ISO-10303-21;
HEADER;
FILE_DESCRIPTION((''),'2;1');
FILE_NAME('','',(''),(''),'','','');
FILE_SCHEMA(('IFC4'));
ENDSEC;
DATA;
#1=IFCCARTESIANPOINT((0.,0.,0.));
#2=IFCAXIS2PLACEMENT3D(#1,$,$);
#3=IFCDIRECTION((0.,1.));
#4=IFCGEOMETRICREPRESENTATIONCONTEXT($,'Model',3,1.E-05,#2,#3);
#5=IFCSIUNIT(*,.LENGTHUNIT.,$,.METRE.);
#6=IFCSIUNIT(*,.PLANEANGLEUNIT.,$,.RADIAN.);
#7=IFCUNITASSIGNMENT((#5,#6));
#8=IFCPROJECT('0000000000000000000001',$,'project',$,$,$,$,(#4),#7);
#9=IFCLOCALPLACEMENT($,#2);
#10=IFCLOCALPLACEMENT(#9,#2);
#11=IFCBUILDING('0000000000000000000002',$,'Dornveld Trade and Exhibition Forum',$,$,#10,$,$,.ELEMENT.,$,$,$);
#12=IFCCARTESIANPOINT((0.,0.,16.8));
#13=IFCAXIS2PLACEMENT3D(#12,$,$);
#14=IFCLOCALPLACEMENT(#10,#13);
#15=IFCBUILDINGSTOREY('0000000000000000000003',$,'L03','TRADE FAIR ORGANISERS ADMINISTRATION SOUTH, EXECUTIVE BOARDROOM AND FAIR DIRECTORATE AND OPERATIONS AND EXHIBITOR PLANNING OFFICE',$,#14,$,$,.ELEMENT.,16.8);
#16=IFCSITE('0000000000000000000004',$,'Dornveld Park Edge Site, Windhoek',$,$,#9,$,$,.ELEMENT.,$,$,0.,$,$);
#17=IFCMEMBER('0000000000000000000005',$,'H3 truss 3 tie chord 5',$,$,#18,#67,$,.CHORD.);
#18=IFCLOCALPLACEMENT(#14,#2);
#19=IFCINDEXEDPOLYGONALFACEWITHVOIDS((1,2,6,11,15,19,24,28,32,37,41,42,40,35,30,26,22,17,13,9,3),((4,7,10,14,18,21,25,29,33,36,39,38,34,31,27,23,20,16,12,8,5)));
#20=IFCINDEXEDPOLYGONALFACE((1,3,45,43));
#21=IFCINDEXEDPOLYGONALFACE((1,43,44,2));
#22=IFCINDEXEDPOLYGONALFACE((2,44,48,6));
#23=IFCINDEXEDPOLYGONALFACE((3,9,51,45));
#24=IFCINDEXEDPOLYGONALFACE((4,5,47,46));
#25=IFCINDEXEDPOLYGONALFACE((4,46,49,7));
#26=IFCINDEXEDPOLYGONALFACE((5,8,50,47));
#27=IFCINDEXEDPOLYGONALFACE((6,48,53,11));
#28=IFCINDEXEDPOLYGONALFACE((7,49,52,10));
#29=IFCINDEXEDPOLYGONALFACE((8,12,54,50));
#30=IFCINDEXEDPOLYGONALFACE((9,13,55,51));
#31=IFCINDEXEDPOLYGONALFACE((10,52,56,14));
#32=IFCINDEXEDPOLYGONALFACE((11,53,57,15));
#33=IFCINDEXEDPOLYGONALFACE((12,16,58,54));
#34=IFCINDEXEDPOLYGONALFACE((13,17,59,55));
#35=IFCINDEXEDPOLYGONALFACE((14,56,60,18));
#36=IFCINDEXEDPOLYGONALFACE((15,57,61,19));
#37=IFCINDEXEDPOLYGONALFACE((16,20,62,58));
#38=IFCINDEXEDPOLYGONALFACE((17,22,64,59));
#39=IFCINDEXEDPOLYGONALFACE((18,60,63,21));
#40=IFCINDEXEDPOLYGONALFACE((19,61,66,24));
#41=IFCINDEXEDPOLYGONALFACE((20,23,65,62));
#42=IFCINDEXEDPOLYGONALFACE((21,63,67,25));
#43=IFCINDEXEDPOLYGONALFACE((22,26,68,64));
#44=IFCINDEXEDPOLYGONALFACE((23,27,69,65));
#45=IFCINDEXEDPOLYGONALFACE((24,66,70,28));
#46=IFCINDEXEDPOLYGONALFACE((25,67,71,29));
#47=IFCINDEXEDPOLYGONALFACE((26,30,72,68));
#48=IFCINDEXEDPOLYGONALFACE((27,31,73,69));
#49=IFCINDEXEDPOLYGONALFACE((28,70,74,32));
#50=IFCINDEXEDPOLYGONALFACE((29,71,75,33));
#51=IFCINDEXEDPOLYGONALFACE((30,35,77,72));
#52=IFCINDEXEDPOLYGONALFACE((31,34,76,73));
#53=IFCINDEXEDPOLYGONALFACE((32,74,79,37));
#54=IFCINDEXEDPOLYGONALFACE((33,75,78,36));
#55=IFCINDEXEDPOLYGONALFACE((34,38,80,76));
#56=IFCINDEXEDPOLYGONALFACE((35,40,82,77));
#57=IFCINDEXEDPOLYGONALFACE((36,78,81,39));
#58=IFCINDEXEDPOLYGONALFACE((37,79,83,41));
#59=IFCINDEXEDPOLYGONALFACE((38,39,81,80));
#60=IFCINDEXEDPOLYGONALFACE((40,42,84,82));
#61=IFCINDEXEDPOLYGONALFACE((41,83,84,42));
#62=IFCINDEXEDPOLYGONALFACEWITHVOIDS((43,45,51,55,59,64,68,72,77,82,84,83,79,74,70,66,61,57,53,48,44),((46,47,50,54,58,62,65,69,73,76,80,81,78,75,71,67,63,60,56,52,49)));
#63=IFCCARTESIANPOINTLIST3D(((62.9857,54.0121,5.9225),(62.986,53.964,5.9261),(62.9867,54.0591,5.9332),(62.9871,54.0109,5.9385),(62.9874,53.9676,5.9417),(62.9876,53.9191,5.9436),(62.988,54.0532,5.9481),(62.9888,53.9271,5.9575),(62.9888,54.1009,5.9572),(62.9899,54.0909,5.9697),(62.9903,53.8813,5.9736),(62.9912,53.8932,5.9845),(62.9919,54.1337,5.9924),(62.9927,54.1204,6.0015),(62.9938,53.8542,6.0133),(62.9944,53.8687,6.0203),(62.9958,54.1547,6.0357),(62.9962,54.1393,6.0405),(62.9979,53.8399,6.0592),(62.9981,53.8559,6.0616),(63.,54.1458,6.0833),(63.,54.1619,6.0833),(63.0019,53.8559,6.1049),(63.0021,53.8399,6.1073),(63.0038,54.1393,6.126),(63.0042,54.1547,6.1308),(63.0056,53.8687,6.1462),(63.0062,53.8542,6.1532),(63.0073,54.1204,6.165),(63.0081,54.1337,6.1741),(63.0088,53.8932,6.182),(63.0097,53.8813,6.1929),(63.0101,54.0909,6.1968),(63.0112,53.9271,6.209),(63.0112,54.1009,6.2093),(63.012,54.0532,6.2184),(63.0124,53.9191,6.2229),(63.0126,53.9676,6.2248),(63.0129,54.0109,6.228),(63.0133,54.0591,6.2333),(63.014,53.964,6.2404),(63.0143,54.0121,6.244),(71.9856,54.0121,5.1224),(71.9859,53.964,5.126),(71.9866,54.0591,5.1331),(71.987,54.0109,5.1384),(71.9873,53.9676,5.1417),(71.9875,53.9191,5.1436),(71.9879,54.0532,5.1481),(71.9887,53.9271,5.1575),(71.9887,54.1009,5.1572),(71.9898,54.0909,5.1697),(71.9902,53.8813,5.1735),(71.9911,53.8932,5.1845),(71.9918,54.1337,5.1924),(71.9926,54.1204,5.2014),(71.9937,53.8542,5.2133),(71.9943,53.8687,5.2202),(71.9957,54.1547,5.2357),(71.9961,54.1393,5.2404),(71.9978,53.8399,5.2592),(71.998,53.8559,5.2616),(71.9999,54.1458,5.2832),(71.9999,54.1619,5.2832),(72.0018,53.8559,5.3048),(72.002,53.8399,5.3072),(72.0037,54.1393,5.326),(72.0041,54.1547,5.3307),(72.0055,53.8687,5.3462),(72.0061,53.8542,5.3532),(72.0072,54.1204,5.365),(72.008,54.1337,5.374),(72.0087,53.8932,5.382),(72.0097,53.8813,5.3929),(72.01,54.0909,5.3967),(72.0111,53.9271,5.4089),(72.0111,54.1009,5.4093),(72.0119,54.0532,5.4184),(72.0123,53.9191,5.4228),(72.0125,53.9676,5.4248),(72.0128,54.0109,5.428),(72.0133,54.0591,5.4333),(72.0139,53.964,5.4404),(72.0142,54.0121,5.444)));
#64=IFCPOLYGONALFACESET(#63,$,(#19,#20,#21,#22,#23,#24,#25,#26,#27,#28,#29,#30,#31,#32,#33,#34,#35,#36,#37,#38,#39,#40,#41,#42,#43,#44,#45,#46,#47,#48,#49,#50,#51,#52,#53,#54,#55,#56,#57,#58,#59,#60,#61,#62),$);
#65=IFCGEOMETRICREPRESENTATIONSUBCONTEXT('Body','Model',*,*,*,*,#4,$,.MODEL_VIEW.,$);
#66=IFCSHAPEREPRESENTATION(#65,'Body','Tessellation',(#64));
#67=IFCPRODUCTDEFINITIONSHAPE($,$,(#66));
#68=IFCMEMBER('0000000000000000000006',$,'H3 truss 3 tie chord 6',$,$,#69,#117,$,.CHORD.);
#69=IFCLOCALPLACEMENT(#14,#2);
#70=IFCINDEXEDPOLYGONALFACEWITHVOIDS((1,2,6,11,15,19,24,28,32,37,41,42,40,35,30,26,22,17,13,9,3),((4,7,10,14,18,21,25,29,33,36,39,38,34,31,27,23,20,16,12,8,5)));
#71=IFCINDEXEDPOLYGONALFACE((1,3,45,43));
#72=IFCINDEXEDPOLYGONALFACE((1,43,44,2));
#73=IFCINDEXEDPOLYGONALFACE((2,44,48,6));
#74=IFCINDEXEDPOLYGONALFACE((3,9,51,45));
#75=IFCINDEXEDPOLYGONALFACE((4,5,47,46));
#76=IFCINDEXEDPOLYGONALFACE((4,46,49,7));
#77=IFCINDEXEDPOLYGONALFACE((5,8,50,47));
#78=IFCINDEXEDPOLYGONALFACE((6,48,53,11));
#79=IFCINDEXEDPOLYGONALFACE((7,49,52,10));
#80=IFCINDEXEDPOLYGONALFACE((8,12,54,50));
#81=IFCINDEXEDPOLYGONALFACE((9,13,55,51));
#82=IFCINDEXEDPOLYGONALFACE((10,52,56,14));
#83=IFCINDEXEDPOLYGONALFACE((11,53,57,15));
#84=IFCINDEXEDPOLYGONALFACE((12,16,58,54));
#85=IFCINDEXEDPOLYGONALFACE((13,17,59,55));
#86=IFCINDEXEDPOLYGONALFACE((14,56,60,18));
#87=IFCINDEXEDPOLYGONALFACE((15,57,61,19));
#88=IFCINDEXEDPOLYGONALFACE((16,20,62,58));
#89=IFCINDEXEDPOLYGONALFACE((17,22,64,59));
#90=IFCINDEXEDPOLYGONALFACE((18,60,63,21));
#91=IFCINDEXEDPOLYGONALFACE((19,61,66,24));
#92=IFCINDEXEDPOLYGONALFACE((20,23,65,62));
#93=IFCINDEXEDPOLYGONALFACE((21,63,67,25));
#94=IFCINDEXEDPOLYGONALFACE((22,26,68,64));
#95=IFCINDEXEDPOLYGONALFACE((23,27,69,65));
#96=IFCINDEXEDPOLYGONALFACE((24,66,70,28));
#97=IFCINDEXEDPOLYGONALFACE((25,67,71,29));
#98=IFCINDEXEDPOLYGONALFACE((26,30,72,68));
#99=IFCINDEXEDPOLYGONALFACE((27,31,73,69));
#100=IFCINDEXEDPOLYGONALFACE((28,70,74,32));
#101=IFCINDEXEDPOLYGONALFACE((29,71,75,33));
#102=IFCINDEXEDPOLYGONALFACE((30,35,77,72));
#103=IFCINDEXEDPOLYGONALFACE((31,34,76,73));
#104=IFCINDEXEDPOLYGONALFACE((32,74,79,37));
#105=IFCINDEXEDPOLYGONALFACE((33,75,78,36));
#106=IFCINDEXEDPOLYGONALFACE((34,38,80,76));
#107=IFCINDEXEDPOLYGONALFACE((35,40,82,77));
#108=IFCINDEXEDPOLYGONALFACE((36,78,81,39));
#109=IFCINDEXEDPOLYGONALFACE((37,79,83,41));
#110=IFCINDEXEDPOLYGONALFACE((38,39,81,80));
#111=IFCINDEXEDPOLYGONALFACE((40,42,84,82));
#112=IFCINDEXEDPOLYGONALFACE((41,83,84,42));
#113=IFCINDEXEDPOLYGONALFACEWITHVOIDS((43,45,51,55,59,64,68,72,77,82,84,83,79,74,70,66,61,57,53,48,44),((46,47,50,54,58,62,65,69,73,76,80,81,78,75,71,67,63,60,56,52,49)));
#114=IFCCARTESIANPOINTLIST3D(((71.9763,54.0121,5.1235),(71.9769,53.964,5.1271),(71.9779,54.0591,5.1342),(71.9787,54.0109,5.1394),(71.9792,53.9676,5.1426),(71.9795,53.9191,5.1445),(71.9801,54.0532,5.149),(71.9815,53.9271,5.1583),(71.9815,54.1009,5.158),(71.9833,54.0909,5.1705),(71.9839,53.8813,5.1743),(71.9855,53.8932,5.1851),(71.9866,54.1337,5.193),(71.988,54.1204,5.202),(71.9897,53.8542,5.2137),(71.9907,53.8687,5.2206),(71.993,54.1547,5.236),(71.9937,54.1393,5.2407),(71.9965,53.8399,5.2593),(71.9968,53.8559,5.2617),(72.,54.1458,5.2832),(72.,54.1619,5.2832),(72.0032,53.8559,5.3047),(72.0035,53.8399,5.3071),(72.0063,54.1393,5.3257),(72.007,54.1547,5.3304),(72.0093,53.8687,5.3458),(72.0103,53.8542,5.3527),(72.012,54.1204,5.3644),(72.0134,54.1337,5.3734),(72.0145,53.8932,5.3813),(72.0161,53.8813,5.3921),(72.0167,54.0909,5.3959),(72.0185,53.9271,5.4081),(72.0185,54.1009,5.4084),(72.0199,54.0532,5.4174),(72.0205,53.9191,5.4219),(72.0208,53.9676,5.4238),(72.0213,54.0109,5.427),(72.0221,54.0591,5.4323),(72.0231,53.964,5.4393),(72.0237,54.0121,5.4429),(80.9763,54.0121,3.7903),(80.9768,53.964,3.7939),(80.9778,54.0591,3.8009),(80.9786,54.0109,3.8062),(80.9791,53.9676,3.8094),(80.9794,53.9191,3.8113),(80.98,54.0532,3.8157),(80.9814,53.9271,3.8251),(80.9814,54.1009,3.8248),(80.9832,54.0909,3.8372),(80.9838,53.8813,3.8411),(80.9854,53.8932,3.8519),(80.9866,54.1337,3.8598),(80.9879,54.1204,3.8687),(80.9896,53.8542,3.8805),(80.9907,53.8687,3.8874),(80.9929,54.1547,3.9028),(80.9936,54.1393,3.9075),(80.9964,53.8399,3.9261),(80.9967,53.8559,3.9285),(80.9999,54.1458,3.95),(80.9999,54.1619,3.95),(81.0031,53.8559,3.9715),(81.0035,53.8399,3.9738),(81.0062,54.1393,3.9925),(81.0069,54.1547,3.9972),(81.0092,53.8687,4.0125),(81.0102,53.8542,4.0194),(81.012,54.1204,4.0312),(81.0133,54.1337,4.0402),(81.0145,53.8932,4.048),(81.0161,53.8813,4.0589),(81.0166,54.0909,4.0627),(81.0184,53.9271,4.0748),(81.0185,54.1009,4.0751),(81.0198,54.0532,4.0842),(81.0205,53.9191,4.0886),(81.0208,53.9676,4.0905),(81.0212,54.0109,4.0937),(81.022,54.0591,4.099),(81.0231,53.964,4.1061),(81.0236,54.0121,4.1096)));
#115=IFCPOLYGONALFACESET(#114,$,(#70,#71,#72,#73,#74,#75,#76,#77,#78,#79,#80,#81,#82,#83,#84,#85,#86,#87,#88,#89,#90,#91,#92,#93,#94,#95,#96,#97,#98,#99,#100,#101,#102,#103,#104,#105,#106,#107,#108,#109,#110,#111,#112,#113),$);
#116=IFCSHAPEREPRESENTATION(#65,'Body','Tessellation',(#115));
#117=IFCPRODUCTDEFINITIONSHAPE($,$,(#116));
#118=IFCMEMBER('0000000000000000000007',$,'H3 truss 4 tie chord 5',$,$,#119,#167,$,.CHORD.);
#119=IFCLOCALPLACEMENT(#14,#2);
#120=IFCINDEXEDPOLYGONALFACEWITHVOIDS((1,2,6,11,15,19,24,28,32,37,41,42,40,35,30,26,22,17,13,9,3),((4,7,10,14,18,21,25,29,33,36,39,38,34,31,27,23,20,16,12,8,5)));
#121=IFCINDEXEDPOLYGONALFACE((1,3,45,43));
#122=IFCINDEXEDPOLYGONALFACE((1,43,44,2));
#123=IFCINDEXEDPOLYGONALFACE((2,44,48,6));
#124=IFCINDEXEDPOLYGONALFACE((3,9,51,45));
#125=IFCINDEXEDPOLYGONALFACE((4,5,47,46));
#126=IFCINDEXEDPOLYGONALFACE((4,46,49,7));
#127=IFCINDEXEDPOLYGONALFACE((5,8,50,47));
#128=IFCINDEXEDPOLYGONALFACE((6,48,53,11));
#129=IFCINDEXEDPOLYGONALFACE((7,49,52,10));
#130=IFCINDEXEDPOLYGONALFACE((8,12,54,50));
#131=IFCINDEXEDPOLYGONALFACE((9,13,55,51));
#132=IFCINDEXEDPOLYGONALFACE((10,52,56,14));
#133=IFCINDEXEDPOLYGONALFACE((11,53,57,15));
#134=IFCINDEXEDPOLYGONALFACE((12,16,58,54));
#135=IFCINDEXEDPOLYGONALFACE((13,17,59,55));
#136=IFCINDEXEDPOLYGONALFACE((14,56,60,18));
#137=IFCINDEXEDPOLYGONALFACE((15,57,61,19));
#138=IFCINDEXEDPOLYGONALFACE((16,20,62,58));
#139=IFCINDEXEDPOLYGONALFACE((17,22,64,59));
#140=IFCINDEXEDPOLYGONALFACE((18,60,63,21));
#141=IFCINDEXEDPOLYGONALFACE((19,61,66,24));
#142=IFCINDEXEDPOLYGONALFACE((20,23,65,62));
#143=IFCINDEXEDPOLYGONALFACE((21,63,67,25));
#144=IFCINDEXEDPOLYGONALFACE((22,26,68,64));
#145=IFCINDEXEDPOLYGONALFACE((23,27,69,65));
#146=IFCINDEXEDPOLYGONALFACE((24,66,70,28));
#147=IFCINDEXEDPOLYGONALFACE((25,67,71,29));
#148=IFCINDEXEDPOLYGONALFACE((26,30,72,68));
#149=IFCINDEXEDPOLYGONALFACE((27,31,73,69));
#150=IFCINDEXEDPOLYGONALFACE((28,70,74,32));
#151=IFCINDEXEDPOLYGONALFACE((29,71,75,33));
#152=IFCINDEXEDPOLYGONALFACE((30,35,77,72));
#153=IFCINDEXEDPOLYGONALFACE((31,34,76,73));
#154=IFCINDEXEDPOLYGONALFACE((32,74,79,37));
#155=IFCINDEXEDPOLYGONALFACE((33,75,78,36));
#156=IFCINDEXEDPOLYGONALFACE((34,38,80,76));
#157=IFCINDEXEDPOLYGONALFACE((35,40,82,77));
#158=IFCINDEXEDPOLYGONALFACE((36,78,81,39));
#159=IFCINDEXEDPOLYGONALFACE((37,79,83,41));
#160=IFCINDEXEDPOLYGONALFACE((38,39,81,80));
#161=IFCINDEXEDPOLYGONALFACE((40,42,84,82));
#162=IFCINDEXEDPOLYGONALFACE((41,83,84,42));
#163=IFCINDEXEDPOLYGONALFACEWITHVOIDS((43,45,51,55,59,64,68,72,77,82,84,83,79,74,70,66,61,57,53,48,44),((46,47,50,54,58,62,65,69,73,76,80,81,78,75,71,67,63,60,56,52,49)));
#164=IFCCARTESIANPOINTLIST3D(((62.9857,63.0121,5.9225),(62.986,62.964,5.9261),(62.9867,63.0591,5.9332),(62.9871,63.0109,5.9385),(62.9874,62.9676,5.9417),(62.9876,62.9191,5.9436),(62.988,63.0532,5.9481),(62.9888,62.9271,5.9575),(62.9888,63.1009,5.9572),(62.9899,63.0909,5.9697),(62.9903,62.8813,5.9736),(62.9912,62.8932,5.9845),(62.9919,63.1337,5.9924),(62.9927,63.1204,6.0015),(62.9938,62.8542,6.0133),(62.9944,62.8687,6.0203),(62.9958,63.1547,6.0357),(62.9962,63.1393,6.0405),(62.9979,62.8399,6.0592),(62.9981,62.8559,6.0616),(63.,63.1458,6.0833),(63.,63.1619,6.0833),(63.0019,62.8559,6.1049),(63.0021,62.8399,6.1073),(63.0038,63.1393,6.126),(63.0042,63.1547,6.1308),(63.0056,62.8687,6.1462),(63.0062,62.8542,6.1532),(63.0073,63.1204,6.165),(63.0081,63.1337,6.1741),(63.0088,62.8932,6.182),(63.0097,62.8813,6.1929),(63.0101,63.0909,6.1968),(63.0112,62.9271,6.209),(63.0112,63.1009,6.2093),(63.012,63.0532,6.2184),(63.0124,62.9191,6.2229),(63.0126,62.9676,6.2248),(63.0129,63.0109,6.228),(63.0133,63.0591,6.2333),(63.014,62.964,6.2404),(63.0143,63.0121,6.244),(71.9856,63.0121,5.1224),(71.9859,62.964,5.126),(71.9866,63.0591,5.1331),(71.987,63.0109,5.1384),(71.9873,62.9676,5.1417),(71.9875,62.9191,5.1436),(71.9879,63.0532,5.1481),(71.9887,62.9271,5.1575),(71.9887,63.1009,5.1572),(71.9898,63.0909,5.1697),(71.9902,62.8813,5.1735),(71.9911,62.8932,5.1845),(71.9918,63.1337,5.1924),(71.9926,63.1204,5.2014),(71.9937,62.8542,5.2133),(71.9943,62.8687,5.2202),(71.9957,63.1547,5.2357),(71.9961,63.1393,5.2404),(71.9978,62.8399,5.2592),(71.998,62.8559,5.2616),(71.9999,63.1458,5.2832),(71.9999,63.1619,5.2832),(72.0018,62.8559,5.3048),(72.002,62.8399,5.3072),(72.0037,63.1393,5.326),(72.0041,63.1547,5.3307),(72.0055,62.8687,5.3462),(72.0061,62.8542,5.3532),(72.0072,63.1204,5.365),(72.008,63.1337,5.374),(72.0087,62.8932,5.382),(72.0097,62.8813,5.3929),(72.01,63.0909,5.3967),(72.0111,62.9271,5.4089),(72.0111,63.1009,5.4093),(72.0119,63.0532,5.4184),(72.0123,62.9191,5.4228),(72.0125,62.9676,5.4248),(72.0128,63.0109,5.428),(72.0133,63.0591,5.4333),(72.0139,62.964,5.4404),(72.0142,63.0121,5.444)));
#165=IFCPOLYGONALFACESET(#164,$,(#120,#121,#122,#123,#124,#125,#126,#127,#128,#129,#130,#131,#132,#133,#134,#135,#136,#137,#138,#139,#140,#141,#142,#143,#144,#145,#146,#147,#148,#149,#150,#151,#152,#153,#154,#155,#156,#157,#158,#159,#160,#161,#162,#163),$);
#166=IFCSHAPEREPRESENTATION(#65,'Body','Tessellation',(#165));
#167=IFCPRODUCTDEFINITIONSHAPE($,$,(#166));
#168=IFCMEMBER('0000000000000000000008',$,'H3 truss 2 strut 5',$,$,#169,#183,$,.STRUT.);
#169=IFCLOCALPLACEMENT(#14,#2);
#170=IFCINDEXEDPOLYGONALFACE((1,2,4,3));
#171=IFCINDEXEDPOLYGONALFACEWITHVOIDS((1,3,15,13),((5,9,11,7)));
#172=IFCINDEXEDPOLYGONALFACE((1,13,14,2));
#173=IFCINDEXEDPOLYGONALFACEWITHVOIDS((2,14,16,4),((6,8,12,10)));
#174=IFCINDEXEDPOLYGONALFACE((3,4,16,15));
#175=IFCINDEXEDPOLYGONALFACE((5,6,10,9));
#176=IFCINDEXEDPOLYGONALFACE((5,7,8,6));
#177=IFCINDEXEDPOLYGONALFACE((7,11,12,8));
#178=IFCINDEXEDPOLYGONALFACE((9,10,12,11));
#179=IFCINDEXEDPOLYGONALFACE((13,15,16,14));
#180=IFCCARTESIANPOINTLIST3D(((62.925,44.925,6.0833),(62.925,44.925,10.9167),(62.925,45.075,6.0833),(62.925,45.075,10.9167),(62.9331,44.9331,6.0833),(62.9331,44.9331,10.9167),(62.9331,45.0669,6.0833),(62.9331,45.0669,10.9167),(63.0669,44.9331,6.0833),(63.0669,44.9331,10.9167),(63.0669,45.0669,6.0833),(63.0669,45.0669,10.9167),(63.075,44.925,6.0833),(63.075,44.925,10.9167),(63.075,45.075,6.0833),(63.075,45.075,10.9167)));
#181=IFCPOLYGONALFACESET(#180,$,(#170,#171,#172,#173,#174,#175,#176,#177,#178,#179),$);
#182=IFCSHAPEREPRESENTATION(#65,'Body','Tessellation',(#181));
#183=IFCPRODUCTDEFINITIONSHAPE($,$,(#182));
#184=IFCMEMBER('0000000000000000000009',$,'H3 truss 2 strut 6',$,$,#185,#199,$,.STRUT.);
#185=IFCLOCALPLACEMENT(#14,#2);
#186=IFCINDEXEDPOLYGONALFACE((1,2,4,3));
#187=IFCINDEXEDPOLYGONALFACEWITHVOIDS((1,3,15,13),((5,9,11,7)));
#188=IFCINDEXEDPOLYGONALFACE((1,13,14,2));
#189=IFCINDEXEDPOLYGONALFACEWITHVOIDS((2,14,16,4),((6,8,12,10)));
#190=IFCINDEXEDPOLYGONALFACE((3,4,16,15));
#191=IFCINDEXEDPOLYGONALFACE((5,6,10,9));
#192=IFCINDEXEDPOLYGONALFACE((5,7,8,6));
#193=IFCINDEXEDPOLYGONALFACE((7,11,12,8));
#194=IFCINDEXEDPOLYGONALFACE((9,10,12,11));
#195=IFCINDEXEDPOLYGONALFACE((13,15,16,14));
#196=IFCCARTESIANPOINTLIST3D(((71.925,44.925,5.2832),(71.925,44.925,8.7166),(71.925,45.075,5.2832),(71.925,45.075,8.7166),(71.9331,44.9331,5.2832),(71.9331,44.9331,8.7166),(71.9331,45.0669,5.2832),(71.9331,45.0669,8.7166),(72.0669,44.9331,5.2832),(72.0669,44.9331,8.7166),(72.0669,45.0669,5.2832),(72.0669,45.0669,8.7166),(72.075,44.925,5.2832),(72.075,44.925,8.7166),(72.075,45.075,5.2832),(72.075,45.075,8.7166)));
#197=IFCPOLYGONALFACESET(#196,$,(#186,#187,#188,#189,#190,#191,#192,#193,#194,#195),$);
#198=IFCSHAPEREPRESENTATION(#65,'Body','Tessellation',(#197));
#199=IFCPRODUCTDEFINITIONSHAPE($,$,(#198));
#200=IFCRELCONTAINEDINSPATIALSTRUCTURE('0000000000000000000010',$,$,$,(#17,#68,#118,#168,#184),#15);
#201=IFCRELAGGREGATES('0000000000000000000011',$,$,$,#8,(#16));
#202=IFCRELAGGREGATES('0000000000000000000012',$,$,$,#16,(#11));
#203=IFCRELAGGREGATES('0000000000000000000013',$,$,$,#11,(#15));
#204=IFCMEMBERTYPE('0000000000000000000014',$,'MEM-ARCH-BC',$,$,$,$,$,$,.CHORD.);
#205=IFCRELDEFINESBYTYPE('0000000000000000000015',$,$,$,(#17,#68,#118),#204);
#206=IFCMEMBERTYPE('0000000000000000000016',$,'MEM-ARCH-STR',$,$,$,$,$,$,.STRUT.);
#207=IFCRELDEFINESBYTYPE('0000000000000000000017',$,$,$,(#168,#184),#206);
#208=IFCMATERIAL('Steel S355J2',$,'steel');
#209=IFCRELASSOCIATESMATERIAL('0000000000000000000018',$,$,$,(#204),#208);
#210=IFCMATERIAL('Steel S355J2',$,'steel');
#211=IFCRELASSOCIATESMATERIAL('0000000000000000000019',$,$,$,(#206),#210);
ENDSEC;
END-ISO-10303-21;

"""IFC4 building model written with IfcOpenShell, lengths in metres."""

from ifc_helpers import new_model, si_unit, direction, frame, origin, origin_2d, place, context, subcontext, project, spatial, hollow_rectangle, hollow_circle, extrude, material, material_profile, profile_set, type_object, element, save


model = new_model("IFC4")

# Units and contexts
model_context = context("Model", 3, precision=1e-05, world=origin(), true_north=direction((0.0, 1.0)))
body_context = subcontext(model_context, "Body", "Model", "MODEL_VIEW")
ifc_project = project(units=[si_unit("LENGTHUNIT", "METRE"), si_unit("PLANEANGLEUNIT", "RADIAN")], contexts=[model_context])

# Site, building, storey
site_placement = place(None, origin())
site = spatial("IfcSite", under=ifc_project, at=site_placement, Name="Dornveld Park Edge Site, Windhoek", CompositionType="ELEMENT", RefElevation=0.0)
building_placement = place(site_placement, origin())
building = spatial("IfcBuilding", under=site, at=building_placement, Name="Dornveld Trade and Exhibition Forum", CompositionType="ELEMENT")
storey_placement = place(building_placement, frame((0.0, 0.0, 16.8)))
storey = spatial("IfcBuildingStorey", under=building, at=storey_placement, Name="L03", Description="TRADE FAIR ORGANISERS ADMINISTRATION SOUTH, EXECUTIVE BOARDROOM AND FAIR DIRECTORATE AND OPERATIONS AND EXHIBITOR PLANNING OFFICE", CompositionType="ELEMENT", Elevation=16.8)

# Members
ifc_material_1 = material(Name="Steel S355J2", Category="steel")
ifc_material_profile_1 = material_profile(ifc_material_1, hollow_circle(Radius=0.1619, WallThickness=0.0161, at=origin_2d()), Name="CHS 323.9x16")
ifc_profile_set_1 = profile_set([ifc_material_profile_1], Name="Steel S355J2")
member_type_1 = type_object("IfcMemberType", Name="MEM-ARCH-BC", PredefinedType="CHORD", material=ifc_profile_set_1)
member_1_placement = place(storey_placement, frame((63.0, 54.0, 6.0833), z_axis=(0.996072, 0.0, -0.088545), x_axis=(0.0, 1.0, 0.0)))
element("IfcMember", 1, at=member_1_placement, inside=storey, type_object=member_type_1, Name="H3 truss 3 tie chord 5", PredefinedType="CHORD", context=body_context, shape_type="SweptSolid", body=[
    extrude(hollow_circle(Radius=0.1619, WallThickness=0.0161, at=origin_2d()), origin(), (0.0, 0.0, 1.0), 9.0354),
])
member_2_placement = place(storey_placement, frame((72.0, 54.0, 5.2832), z_axis=(0.989205, 0.0, -0.14654), x_axis=(0.0, 1.0, 0.0)))
element("IfcMember", 2, at=member_2_placement, inside=storey, type_object=member_type_1, Name="H3 truss 3 tie chord 6", PredefinedType="CHORD", context=body_context, shape_type="SweptSolid", body=[
    extrude(hollow_circle(Radius=0.1619, WallThickness=0.0161, at=origin_2d()), origin(), (0.0, 0.0, 1.0), 9.0981),
])
member_3_placement = place(storey_placement, frame((63.0, 63.0, 6.0833), z_axis=(0.996072, 0.0, -0.088545), x_axis=(0.0, 1.0, 0.0)))
element("IfcMember", 3, at=member_3_placement, inside=storey, type_object=member_type_1, Name="H3 truss 4 tie chord 5", PredefinedType="CHORD", context=body_context, shape_type="SweptSolid", body=[
    extrude(hollow_circle(Radius=0.1619, WallThickness=0.0161, at=origin_2d()), origin(), (0.0, 0.0, 1.0), 9.0354),
])
ifc_material_2 = material(Name="Steel S355J2", Category="steel")
ifc_material_profile_2 = material_profile(ifc_material_2, hollow_rectangle(XDim=0.1499, YDim=0.1499, WallThickness=0.0081, at=origin_2d()), Name="SHS 150x150x8")
ifc_profile_set_2 = profile_set([ifc_material_profile_2], Name="Steel S355J2")
member_type_2 = type_object("IfcMemberType", Name="MEM-ARCH-STR", PredefinedType="STRUT", material=ifc_profile_set_2)
member_4_placement = place(storey_placement, frame((63.0, 45.0, 6.0833), z_axis=(0.0, 0.0, 1.0), x_axis=(1.0, 0.0, 0.0)))
element("IfcMember", 4, at=member_4_placement, inside=storey, type_object=member_type_2, Name="H3 truss 2 strut 5", PredefinedType="STRUT", context=body_context, shape_type="SweptSolid", body=[
    extrude(hollow_rectangle(XDim=0.1499, YDim=0.1499, WallThickness=0.0081, at=origin_2d()), origin(), (0.0, 0.0, 1.0), 4.8335),
])
member_5_placement = place(storey_placement, frame((72.0, 45.0, 5.2832), z_axis=(0.0, 0.0, 1.0), x_axis=(1.0, 0.0, 0.0)))
element("IfcMember", 5, at=member_5_placement, inside=storey, type_object=member_type_2, Name="H3 truss 2 strut 6", PredefinedType="STRUT", context=body_context, shape_type="SweptSolid", body=[
    extrude(hollow_rectangle(XDim=0.1499, YDim=0.1499, WallThickness=0.0081, at=origin_2d()), origin(), (0.0, 0.0, 1.0), 3.4333),
])

save(model, "model.ifc")
